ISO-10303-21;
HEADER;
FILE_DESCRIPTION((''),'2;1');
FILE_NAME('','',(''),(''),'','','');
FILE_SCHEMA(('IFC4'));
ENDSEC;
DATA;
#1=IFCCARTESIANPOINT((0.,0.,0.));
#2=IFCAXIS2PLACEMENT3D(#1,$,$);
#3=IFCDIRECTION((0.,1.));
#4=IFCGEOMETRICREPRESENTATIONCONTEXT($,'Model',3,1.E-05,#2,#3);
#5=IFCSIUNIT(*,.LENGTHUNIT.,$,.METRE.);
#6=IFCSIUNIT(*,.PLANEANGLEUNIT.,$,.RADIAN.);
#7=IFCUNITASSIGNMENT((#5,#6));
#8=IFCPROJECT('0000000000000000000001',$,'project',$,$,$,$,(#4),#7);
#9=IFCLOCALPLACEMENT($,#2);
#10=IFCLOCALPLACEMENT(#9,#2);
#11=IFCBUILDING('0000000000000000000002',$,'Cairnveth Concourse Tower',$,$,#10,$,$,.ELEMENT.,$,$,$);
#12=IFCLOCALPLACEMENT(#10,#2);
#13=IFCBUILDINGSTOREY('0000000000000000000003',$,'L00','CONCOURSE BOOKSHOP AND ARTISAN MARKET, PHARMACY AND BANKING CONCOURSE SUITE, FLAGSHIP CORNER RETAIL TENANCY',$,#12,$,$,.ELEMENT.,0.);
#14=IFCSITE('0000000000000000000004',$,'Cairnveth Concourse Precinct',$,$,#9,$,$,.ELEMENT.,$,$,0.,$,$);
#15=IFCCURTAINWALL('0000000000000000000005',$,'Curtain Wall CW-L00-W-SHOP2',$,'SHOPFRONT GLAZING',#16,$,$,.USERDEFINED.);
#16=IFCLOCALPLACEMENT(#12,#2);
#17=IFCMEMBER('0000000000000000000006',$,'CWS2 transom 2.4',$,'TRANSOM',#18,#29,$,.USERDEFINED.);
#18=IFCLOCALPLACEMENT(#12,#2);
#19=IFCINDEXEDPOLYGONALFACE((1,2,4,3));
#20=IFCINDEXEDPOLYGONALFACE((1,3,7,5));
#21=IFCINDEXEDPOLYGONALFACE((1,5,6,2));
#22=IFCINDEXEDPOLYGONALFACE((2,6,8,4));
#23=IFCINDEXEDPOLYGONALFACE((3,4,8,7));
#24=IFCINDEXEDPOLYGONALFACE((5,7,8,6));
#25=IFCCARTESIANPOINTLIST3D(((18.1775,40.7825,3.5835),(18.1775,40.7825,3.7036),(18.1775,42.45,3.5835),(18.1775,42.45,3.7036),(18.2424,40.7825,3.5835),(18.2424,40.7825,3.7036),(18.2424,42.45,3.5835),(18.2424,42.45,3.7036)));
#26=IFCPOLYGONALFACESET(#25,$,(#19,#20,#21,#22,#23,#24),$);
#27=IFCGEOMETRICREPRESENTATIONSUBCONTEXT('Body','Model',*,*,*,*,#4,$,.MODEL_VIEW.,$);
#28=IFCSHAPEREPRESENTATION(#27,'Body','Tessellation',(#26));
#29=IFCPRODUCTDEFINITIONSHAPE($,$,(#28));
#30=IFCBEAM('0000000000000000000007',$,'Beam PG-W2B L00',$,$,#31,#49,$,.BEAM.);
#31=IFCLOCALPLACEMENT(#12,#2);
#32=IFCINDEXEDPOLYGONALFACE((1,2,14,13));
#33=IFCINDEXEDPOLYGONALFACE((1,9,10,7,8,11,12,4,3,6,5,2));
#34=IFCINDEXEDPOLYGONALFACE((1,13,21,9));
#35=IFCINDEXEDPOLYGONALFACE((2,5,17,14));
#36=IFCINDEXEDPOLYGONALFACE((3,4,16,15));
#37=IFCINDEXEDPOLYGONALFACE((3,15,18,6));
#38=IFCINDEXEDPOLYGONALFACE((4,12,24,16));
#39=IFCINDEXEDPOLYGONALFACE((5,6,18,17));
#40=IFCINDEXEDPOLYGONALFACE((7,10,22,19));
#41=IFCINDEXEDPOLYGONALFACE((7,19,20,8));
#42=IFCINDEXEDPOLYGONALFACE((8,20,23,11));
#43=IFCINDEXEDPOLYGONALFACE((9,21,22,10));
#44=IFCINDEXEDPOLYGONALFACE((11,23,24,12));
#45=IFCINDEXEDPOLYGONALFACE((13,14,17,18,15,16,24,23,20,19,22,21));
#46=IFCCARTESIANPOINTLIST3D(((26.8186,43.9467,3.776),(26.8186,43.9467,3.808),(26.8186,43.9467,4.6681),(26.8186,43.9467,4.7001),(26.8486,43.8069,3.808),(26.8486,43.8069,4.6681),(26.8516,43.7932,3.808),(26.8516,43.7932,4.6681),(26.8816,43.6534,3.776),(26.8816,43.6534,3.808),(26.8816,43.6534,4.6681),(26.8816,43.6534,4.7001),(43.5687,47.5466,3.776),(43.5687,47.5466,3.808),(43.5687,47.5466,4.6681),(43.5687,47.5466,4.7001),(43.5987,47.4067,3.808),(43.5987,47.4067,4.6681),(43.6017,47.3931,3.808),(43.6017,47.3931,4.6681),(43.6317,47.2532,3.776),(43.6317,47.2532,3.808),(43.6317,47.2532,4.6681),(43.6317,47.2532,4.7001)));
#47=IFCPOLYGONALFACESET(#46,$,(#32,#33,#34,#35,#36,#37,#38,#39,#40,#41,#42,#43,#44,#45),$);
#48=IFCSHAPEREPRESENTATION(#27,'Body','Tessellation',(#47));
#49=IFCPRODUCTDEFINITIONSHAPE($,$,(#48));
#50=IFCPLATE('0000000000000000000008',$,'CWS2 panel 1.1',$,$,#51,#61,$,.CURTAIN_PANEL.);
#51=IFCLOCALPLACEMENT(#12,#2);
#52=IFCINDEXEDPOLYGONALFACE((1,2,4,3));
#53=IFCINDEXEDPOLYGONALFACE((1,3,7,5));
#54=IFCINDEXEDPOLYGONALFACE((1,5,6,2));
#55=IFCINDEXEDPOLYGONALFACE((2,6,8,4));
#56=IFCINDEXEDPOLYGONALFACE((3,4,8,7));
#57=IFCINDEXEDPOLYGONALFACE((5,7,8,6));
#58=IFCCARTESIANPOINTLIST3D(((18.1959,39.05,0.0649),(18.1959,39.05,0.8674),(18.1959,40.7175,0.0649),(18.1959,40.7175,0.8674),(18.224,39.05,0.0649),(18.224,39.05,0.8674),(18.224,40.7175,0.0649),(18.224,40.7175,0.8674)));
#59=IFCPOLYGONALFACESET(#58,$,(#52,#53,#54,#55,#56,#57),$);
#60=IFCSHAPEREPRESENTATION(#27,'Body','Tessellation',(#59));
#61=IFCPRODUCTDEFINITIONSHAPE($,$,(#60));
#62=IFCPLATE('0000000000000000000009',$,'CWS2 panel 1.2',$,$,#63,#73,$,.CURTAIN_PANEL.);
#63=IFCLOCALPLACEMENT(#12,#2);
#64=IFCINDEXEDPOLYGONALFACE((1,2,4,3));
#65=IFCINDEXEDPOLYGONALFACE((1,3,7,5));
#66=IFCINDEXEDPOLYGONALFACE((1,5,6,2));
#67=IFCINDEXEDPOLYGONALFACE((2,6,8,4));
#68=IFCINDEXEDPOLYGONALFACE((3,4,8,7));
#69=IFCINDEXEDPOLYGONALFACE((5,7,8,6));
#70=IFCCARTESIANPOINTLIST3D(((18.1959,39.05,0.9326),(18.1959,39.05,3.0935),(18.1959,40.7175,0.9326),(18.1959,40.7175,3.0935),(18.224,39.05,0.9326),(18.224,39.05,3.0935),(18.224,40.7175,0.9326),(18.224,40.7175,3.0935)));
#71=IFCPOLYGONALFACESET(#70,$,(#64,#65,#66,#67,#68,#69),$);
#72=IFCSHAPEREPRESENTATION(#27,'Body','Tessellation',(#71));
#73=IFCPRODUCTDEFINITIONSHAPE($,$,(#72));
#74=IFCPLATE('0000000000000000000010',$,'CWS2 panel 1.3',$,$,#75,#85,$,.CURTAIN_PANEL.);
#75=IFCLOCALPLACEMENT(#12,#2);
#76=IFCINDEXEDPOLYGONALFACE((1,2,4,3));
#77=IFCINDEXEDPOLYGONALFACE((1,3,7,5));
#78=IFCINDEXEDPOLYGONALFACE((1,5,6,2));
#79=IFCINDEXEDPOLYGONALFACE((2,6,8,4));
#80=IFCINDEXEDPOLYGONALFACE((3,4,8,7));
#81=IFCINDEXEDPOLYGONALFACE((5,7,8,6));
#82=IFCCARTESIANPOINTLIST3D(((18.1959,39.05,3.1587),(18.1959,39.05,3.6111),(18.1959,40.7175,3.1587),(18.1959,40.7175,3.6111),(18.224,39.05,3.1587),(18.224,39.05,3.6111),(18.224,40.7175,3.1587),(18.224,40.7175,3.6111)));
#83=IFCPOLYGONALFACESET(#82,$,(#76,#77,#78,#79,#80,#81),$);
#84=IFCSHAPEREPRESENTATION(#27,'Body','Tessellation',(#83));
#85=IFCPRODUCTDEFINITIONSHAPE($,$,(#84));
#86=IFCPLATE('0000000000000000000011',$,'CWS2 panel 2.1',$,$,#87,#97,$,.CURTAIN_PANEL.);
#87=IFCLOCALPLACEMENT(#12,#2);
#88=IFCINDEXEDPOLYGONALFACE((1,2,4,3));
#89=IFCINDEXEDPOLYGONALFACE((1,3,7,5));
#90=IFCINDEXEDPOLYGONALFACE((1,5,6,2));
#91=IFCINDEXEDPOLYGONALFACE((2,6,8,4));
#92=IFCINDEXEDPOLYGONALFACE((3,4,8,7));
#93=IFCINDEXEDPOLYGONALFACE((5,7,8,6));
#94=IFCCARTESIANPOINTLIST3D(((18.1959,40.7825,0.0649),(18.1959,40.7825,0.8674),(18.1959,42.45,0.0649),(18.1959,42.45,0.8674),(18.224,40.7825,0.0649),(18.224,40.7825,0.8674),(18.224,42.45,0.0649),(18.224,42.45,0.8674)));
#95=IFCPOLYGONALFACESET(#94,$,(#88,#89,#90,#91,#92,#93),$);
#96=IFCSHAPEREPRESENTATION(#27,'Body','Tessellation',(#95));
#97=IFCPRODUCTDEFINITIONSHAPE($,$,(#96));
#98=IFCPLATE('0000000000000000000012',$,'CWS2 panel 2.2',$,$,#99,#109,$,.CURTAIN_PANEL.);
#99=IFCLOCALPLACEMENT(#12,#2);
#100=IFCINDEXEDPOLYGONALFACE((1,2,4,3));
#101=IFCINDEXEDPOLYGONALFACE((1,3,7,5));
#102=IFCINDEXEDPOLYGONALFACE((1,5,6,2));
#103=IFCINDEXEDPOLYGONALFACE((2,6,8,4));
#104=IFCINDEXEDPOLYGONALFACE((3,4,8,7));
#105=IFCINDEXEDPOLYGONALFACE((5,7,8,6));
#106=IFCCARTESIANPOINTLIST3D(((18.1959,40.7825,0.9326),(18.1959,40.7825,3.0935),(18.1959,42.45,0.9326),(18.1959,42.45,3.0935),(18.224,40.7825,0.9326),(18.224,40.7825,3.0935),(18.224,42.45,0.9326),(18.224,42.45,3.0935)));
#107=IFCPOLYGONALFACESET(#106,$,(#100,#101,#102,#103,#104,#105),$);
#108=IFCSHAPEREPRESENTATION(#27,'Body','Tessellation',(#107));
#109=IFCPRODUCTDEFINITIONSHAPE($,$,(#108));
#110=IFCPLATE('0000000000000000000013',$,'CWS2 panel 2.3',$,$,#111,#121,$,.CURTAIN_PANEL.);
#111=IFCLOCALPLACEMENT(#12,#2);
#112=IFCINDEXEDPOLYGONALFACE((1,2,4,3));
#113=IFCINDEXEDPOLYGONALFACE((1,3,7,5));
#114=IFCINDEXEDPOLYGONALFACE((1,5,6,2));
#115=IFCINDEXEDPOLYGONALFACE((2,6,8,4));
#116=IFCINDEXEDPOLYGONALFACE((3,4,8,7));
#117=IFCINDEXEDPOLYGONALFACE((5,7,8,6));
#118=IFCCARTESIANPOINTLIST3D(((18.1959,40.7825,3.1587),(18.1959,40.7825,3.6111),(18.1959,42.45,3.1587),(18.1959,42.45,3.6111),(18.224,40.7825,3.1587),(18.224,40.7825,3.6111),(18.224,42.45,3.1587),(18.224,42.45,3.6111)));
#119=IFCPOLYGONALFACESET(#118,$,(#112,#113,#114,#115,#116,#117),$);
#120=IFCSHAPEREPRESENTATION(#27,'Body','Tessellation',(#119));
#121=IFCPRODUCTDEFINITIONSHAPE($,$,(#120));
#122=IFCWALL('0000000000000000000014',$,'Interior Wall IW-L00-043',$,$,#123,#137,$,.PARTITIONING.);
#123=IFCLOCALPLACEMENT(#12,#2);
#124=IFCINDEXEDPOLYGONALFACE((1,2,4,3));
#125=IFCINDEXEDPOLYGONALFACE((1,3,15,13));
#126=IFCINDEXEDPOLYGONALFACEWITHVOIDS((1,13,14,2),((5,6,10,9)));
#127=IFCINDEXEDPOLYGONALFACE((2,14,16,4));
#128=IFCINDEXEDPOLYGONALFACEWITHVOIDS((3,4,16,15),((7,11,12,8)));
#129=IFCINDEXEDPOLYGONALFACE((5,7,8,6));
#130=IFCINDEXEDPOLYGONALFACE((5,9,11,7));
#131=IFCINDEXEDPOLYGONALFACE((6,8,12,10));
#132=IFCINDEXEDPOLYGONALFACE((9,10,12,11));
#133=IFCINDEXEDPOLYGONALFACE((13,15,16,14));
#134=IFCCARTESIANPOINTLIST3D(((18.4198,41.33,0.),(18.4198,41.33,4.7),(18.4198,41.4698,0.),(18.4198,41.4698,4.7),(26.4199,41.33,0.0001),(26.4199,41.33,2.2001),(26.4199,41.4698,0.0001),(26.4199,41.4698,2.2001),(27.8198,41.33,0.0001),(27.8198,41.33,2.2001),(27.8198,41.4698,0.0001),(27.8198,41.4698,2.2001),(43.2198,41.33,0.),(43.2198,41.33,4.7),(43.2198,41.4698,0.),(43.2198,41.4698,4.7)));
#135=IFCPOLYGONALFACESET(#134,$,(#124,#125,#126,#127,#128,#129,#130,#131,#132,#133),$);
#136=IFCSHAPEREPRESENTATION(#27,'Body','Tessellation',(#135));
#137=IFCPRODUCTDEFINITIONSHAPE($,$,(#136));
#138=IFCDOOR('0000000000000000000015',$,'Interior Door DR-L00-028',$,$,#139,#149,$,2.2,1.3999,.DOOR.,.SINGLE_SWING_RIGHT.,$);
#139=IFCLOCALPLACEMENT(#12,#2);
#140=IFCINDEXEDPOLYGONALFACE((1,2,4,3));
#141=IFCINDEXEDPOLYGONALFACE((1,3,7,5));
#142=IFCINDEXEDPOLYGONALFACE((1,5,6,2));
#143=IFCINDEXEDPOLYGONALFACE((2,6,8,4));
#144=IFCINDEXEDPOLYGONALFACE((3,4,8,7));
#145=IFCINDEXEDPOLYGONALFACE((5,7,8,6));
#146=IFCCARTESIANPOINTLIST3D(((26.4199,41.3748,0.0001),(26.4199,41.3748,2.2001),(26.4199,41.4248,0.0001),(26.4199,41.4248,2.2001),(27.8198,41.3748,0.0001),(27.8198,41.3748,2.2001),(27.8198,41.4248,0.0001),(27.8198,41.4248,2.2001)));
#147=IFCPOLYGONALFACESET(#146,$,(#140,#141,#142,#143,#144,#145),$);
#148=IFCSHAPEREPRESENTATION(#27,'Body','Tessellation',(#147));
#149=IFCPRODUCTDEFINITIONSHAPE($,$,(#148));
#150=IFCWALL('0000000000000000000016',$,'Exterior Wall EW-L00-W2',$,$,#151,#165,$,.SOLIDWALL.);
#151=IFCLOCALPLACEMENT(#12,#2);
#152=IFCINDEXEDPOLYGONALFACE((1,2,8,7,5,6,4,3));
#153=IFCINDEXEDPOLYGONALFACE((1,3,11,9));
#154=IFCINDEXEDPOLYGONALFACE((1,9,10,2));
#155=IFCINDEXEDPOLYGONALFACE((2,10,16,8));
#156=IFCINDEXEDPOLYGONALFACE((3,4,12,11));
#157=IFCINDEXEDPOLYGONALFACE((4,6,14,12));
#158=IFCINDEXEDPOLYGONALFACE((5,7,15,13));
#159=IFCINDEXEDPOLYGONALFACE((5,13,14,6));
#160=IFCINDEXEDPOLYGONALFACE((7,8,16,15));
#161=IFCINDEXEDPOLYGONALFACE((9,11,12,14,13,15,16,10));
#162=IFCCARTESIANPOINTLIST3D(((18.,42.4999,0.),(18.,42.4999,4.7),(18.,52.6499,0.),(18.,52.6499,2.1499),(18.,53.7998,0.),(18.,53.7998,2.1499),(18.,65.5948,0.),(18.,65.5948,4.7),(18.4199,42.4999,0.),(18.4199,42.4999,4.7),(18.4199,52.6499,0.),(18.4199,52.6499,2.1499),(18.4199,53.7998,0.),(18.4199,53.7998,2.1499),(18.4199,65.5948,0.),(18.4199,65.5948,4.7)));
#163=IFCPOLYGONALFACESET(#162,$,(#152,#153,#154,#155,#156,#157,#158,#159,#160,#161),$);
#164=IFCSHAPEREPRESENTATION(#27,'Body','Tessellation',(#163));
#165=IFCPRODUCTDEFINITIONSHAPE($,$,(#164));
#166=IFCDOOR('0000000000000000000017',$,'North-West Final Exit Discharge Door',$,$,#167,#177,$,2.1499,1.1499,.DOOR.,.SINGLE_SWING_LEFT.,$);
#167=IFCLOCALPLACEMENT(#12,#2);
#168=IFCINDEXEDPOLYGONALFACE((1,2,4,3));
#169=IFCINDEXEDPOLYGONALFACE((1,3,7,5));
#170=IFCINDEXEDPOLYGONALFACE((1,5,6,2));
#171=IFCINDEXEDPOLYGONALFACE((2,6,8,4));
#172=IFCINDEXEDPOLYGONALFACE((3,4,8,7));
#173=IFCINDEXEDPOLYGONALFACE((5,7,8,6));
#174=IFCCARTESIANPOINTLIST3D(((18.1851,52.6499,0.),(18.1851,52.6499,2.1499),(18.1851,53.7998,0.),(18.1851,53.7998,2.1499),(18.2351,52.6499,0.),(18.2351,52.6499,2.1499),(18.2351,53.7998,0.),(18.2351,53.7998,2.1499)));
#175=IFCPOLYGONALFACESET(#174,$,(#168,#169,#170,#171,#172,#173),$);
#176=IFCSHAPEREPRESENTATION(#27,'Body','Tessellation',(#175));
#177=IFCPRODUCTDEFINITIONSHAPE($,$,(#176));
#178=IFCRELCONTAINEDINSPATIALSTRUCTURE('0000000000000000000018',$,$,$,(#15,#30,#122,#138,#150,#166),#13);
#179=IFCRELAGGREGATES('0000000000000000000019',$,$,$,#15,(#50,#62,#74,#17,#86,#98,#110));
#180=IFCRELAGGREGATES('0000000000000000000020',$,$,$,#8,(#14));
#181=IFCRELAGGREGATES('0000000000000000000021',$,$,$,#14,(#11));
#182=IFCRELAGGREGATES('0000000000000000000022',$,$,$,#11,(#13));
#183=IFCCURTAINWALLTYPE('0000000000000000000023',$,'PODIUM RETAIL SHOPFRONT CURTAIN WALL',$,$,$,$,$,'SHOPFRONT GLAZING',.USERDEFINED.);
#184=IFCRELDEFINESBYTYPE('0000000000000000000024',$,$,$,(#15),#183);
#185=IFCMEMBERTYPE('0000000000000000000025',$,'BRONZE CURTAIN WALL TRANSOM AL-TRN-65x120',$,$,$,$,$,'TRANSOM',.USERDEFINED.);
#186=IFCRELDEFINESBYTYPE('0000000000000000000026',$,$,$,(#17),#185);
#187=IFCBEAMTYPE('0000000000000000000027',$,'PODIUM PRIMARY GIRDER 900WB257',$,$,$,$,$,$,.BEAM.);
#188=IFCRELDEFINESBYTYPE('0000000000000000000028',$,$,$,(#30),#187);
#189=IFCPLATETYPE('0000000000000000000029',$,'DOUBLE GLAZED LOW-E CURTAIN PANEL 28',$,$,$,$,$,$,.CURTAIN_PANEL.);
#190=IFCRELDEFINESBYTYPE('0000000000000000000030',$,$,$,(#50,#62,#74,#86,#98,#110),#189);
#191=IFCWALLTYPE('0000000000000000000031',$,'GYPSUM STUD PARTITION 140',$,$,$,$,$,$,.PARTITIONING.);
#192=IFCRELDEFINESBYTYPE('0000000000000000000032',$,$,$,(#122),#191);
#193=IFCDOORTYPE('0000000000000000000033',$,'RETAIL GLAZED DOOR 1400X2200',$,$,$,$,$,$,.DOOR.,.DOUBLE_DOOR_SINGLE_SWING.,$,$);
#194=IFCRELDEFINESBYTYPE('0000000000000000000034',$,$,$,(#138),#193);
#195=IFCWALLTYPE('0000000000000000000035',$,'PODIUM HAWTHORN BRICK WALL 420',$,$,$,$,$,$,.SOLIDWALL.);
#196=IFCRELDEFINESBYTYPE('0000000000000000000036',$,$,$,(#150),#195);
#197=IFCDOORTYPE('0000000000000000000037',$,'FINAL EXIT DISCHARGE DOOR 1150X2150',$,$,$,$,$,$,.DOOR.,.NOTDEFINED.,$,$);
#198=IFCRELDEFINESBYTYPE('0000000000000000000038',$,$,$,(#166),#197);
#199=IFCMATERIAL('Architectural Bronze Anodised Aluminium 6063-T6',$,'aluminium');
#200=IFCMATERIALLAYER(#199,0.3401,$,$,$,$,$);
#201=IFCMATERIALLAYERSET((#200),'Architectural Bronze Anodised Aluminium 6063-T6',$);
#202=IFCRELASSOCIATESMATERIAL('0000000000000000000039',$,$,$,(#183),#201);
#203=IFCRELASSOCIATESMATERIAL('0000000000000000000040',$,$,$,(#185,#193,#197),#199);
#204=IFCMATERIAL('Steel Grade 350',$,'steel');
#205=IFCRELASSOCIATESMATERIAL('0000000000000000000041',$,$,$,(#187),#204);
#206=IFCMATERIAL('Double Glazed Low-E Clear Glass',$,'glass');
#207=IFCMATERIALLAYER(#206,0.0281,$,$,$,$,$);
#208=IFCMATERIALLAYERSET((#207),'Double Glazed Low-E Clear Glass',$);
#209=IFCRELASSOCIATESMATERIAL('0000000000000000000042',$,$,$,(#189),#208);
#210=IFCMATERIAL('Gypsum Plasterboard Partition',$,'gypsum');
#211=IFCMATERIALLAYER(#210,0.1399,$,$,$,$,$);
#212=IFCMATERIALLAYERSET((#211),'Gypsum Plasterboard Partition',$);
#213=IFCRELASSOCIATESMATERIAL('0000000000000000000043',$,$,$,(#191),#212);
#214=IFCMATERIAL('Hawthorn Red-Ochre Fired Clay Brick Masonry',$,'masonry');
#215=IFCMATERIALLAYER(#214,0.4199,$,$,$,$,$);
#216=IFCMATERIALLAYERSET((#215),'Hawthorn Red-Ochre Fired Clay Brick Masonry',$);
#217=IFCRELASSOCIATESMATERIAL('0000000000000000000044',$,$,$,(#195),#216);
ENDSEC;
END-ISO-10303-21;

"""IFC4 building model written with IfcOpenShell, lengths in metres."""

from ifc_helpers import new_model, si_unit, direction, frame, frame_2d, origin, origin_2d, place, context, subcontext, project, spatial, rectangle, i_section, extrude, material, layer, layer_set, material_profile, profile_set, type_object, element, fill, aggregate, save


model = new_model("IFC4")

# Units and contexts
model_context = context("Model", 3, precision=1e-05, world=origin(), true_north=direction((0.0, 1.0)))
body_context = subcontext(model_context, "Body", "Model", "MODEL_VIEW")
ifc_project = project(units=[si_unit("LENGTHUNIT", "METRE"), si_unit("PLANEANGLEUNIT", "RADIAN")], contexts=[model_context])

# Site, building, storey
site_placement = place(None, origin())
site = spatial("IfcSite", under=ifc_project, at=site_placement, Name="Cairnveth Concourse Precinct", CompositionType="ELEMENT", RefElevation=0.0)
building_placement = place(site_placement, origin())
building = spatial("IfcBuilding", under=site, at=building_placement, Name="Cairnveth Concourse Tower", CompositionType="ELEMENT")
storey_placement = place(building_placement, origin())
storey = spatial("IfcBuildingStorey", under=building, at=storey_placement, Name="L00", Description="CONCOURSE BOOKSHOP AND ARTISAN MARKET, PHARMACY AND BANKING CONCOURSE SUITE, FLAGSHIP CORNER RETAIL TENANCY", CompositionType="ELEMENT", Elevation=0.0)

# Shared definitions
ifc_material_1 = material(Name="Architectural Bronze Anodised Aluminium 6063-T6", Category="aluminium")
ifc_layer_1 = layer(ifc_material_1, 0.3401)
ifc_layer_set_1 = layer_set([ifc_layer_1], Name="Architectural Bronze Anodised Aluminium 6063-T6")
curtain_wall_type = type_object("IfcCurtainWallType", Name="PODIUM RETAIL SHOPFRONT CURTAIN WALL", ElementType="SHOPFRONT GLAZING", PredefinedType="USERDEFINED", material=ifc_layer_set_1)

# Curtain wall, member
curtain_wall_1_placement = place(storey_placement, origin())
curtain_wall_1 = element("IfcCurtainWall", 1, at=curtain_wall_1_placement, inside=storey, type_object=curtain_wall_type, Name="Curtain Wall CW-L00-W-SHOP2", ObjectType="SHOPFRONT GLAZING", PredefinedType="USERDEFINED")
ifc_material_profile_1 = material_profile(ifc_material_1, rectangle(XDim=0.0649, YDim=0.1201, at=origin_2d()), Name="AL-TRN-65x120")
ifc_profile_set_1 = profile_set([ifc_material_profile_1], Name="Architectural Bronze Anodised Aluminium 6063-T6")
member_type_1 = type_object("IfcMemberType", Name="BRONZE CURTAIN WALL TRANSOM AL-TRN-65x120", ElementType="TRANSOM", PredefinedType="USERDEFINED", material=ifc_profile_set_1)
member_1_placement = place(storey_placement, frame((18.21, 40.7825, 3.6436), z_axis=(0.0, 1.0, 0.0), x_axis=(-1.0, 0.0, 0.0)))
member_1 = element("IfcMember", 2, at=member_1_placement, type_object=member_type_1, Name="CWS2 transom 2.4", ObjectType="TRANSOM", PredefinedType="USERDEFINED", context=body_context, shape_type="SweptSolid", body=[
    extrude(rectangle(XDim=0.0649, YDim=0.1201, at=origin_2d()), origin(), (0.0, 0.0, 1.0), 1.6675),
])

# Beam
ifc_material_2 = material(Name="Steel Grade 350", Category="steel")
ifc_material_profile_2 = material_profile(ifc_material_2, i_section(OverallWidth=0.3, OverallDepth=0.9241, WebThickness=0.0139, FlangeThickness=0.032, at=origin_2d()), Name="900WB257")
ifc_profile_set_2 = profile_set([ifc_material_profile_2], Name="Steel Grade 350")
beam_type = type_object("IfcBeamType", Name="PODIUM PRIMARY GIRDER 900WB257", PredefinedType="BEAM", material=ifc_profile_set_2)
beam_placement = place(storey_placement, frame((26.8501, 43.8, 4.238), z_axis=(0.977676, 0.210119, 0.0), x_axis=(-0.210119, 0.977676, 0.0)))
element("IfcBeam", 3, at=beam_placement, inside=storey, type_object=beam_type, Name="Beam PG-W2B L00", PredefinedType="BEAM", context=body_context, shape_type="SweptSolid", body=[
    extrude(i_section(OverallWidth=0.3, OverallDepth=0.9241, WebThickness=0.0139, FlangeThickness=0.032, at=origin_2d()), origin(), (0.0, 0.0, 1.0), 17.1326),
])

# Plates
ifc_material_3 = material(Name="Double Glazed Low-E Clear Glass", Category="glass")
ifc_layer_2 = layer(ifc_material_3, 0.0281)
ifc_layer_set_2 = layer_set([ifc_layer_2], Name="Double Glazed Low-E Clear Glass")
plate_type = type_object("IfcPlateType", Name="DOUBLE GLAZED LOW-E CURTAIN PANEL 28", PredefinedType="CURTAIN_PANEL", material=ifc_layer_set_2)
plate_1_placement = place(storey_placement, frame((18.21, 39.8838, 0.0649), z_axis=(0.0, 0.0, 1.0), x_axis=(0.0, 1.0, 0.0)))
plate_1 = element("IfcPlate", 4, at=plate_1_placement, type_object=plate_type, Name="CWS2 panel 1.1", PredefinedType="CURTAIN_PANEL", context=body_context, shape_type="SweptSolid", body=[
    extrude(rectangle(XDim=1.6675, YDim=0.0281, at=origin_2d()), origin(), (0.0, 0.0, 1.0), 0.8025),
])
plate_2_placement = place(storey_placement, frame((18.21, 39.8838, 0.9326), z_axis=(0.0, 0.0, 1.0), x_axis=(0.0, 1.0, 0.0)))
plate_2 = element("IfcPlate", 5, at=plate_2_placement, type_object=plate_type, Name="CWS2 panel 1.2", PredefinedType="CURTAIN_PANEL", context=body_context, shape_type="SweptSolid", body=[
    extrude(rectangle(XDim=1.6675, YDim=0.0281, at=origin_2d()), origin(), (0.0, 0.0, 1.0), 2.1609),
])
plate_3_placement = place(storey_placement, frame((18.21, 39.8838, 3.1587), z_axis=(0.0, 0.0, 1.0), x_axis=(0.0, 1.0, 0.0)))
plate_3 = element("IfcPlate", 6, at=plate_3_placement, type_object=plate_type, Name="CWS2 panel 1.3", PredefinedType="CURTAIN_PANEL", context=body_context, shape_type="SweptSolid", body=[
    extrude(rectangle(XDim=1.6675, YDim=0.0281, at=origin_2d()), origin(), (0.0, 0.0, 1.0), 0.4524),
])
plate_4_placement = place(storey_placement, frame((18.21, 41.6162, 0.0649), z_axis=(0.0, 0.0, 1.0), x_axis=(0.0, 1.0, 0.0)))
plate_4 = element("IfcPlate", 7, at=plate_4_placement, type_object=plate_type, Name="CWS2 panel 2.1", PredefinedType="CURTAIN_PANEL", context=body_context, shape_type="SweptSolid", body=[
    extrude(rectangle(XDim=1.6675, YDim=0.0281, at=origin_2d()), origin(), (0.0, 0.0, 1.0), 0.8025),
])
plate_5_placement = place(storey_placement, frame((18.21, 41.6162, 0.9326), z_axis=(0.0, 0.0, 1.0), x_axis=(0.0, 1.0, 0.0)))
plate_5 = element("IfcPlate", 8, at=plate_5_placement, type_object=plate_type, Name="CWS2 panel 2.2", PredefinedType="CURTAIN_PANEL", context=body_context, shape_type="SweptSolid", body=[
    extrude(rectangle(XDim=1.6675, YDim=0.0281, at=origin_2d()), origin(), (0.0, 0.0, 1.0), 2.1609),
])
plate_6_placement = place(storey_placement, frame((18.21, 41.6162, 3.1587), z_axis=(0.0, 0.0, 1.0), x_axis=(0.0, 1.0, 0.0)))
plate_6 = element("IfcPlate", 9, at=plate_6_placement, type_object=plate_type, Name="CWS2 panel 2.3", PredefinedType="CURTAIN_PANEL", context=body_context, shape_type="SweptSolid", body=[
    extrude(rectangle(XDim=1.6675, YDim=0.0281, at=origin_2d()), origin(), (0.0, 0.0, 1.0), 0.4524),
])
aggregate(curtain_wall_1, [plate_1, plate_2, plate_3, member_1, plate_4, plate_5, plate_6])

# Walls, openings, doors
ifc_material_4 = material(Name="Gypsum Plasterboard Partition", Category="gypsum")
ifc_layer_3 = layer(ifc_material_4, 0.1399)
ifc_layer_set_3 = layer_set([ifc_layer_3], Name="Gypsum Plasterboard Partition")
wall_type_1 = type_object("IfcWallType", Name="GYPSUM STUD PARTITION 140", PredefinedType="PARTITIONING", material=ifc_layer_set_3)
wall_1_placement = place(storey_placement, frame((18.4199, 41.3999, 0.0), z_axis=(0.0, 0.0, 1.0), x_axis=(1.0, 0.0, 0.0)))
wall_1 = element("IfcWall", 10, at=wall_1_placement, inside=storey, type_object=wall_type_1, Name="Interior Wall IW-L00-043", PredefinedType="PARTITIONING", context=body_context, shape_type="SweptSolid", body=[
    extrude(rectangle(XDim=24.8, YDim=0.1399, at=frame_2d((12.3999, 0.0))), origin(), (0.0, 0.0, 1.0), 4.7),
])
opening_1_placement = place(wall_1_placement, frame((8.0, 0.0, 0.0)))
opening_1 = element("IfcOpeningElement", 11, at=opening_1_placement, cuts=wall_1, PredefinedType="OPENING", context=body_context, shape_type="SweptSolid", body=[
    extrude(rectangle(XDim=1.3999, YDim=2.2, at=frame_2d((0.7, 1.1001))), frame((0.0, 0.0798, 0.0), z_axis=(0.0, -1.0, 0.0), x_axis=(1.0, 0.0, 0.0)), (0.0, 0.0, 1.0), 0.1599),
])
door_type_1 = type_object("IfcDoorType", Name="RETAIL GLAZED DOOR 1400X2200", OperationType="DOUBLE_DOOR_SINGLE_SWING", PredefinedType="DOOR", material=ifc_material_1)
door_1_placement = place(opening_1_placement, origin())
door_1 = element("IfcDoor", 12, at=door_1_placement, inside=storey, type_object=door_type_1, Name="Interior Door DR-L00-028", OperationType="SINGLE_SWING_RIGHT", OverallHeight=2.2, OverallWidth=1.3999, PredefinedType="DOOR", context=body_context, shape_type="SweptSolid", body=[
    extrude(rectangle(XDim=1.3999, YDim=2.2, at=frame_2d((0.7, 1.1001))), frame((0.0, 0.0249, 0.0), z_axis=(0.0, -1.0, 0.0), x_axis=(1.0, 0.0, 0.0)), (0.0, 0.0, 1.0), 0.05),
])
fill(opening_1, door_1)
ifc_material_5 = material(Name="Hawthorn Red-Ochre Fired Clay Brick Masonry", Category="masonry")
ifc_layer_4 = layer(ifc_material_5, 0.4199)
ifc_layer_set_4 = layer_set([ifc_layer_4], Name="Hawthorn Red-Ochre Fired Clay Brick Masonry")
wall_type_2 = type_object("IfcWallType", Name="PODIUM HAWTHORN BRICK WALL 420", PredefinedType="SOLIDWALL", material=ifc_layer_set_4)
wall_2_placement = place(storey_placement, frame((18.21, 42.5, 0.0), z_axis=(0.0, 0.0, 1.0), x_axis=(0.0, 1.0, 0.0)))
wall_2 = element("IfcWall", 13, at=wall_2_placement, inside=storey, type_object=wall_type_2, Name="Exterior Wall EW-L00-W2", PredefinedType="SOLIDWALL", context=body_context, shape_type="SweptSolid", body=[
    extrude(rectangle(XDim=23.095, YDim=0.4199, at=frame_2d((11.5474, 0.0))), origin(), (0.0, 0.0, 1.0), 4.7),
])
opening_2_placement = place(wall_2_placement, frame((10.1499, 0.0, 0.0)))
opening_2 = element("IfcOpeningElement", 14, at=opening_2_placement, cuts=wall_2, PredefinedType="OPENING", context=body_context, shape_type="SweptSolid", body=[
    extrude(rectangle(XDim=1.1499, YDim=2.1499, at=frame_2d((0.575, 1.075))), frame((0.0, 0.22, 0.0), z_axis=(0.0, -1.0, 0.0), x_axis=(1.0, 0.0, 0.0)), (0.0, 0.0, 1.0), 0.4399),
])
door_type_2 = type_object("IfcDoorType", Name="FINAL EXIT DISCHARGE DOOR 1150X2150", OperationType="NOTDEFINED", PredefinedType="DOOR", material=ifc_material_1)
door_2_placement = place(opening_2_placement, origin())
door_2 = element("IfcDoor", 15, at=door_2_placement, inside=storey, type_object=door_type_2, Name="North-West Final Exit Discharge Door", OperationType="SINGLE_SWING_LEFT", OverallHeight=2.1499, OverallWidth=1.1499, PredefinedType="DOOR", context=body_context, shape_type="SweptSolid", body=[
    extrude(rectangle(XDim=1.1499, YDim=2.1499, at=frame_2d((0.575, 1.075))), frame((0.0, 0.0249, 0.0), z_axis=(0.0, -1.0, 0.0), x_axis=(1.0, 0.0, 0.0)), (0.0, 0.0, 1.0), 0.05),
])
fill(opening_2, door_2)

save(model, "model.ifc")
